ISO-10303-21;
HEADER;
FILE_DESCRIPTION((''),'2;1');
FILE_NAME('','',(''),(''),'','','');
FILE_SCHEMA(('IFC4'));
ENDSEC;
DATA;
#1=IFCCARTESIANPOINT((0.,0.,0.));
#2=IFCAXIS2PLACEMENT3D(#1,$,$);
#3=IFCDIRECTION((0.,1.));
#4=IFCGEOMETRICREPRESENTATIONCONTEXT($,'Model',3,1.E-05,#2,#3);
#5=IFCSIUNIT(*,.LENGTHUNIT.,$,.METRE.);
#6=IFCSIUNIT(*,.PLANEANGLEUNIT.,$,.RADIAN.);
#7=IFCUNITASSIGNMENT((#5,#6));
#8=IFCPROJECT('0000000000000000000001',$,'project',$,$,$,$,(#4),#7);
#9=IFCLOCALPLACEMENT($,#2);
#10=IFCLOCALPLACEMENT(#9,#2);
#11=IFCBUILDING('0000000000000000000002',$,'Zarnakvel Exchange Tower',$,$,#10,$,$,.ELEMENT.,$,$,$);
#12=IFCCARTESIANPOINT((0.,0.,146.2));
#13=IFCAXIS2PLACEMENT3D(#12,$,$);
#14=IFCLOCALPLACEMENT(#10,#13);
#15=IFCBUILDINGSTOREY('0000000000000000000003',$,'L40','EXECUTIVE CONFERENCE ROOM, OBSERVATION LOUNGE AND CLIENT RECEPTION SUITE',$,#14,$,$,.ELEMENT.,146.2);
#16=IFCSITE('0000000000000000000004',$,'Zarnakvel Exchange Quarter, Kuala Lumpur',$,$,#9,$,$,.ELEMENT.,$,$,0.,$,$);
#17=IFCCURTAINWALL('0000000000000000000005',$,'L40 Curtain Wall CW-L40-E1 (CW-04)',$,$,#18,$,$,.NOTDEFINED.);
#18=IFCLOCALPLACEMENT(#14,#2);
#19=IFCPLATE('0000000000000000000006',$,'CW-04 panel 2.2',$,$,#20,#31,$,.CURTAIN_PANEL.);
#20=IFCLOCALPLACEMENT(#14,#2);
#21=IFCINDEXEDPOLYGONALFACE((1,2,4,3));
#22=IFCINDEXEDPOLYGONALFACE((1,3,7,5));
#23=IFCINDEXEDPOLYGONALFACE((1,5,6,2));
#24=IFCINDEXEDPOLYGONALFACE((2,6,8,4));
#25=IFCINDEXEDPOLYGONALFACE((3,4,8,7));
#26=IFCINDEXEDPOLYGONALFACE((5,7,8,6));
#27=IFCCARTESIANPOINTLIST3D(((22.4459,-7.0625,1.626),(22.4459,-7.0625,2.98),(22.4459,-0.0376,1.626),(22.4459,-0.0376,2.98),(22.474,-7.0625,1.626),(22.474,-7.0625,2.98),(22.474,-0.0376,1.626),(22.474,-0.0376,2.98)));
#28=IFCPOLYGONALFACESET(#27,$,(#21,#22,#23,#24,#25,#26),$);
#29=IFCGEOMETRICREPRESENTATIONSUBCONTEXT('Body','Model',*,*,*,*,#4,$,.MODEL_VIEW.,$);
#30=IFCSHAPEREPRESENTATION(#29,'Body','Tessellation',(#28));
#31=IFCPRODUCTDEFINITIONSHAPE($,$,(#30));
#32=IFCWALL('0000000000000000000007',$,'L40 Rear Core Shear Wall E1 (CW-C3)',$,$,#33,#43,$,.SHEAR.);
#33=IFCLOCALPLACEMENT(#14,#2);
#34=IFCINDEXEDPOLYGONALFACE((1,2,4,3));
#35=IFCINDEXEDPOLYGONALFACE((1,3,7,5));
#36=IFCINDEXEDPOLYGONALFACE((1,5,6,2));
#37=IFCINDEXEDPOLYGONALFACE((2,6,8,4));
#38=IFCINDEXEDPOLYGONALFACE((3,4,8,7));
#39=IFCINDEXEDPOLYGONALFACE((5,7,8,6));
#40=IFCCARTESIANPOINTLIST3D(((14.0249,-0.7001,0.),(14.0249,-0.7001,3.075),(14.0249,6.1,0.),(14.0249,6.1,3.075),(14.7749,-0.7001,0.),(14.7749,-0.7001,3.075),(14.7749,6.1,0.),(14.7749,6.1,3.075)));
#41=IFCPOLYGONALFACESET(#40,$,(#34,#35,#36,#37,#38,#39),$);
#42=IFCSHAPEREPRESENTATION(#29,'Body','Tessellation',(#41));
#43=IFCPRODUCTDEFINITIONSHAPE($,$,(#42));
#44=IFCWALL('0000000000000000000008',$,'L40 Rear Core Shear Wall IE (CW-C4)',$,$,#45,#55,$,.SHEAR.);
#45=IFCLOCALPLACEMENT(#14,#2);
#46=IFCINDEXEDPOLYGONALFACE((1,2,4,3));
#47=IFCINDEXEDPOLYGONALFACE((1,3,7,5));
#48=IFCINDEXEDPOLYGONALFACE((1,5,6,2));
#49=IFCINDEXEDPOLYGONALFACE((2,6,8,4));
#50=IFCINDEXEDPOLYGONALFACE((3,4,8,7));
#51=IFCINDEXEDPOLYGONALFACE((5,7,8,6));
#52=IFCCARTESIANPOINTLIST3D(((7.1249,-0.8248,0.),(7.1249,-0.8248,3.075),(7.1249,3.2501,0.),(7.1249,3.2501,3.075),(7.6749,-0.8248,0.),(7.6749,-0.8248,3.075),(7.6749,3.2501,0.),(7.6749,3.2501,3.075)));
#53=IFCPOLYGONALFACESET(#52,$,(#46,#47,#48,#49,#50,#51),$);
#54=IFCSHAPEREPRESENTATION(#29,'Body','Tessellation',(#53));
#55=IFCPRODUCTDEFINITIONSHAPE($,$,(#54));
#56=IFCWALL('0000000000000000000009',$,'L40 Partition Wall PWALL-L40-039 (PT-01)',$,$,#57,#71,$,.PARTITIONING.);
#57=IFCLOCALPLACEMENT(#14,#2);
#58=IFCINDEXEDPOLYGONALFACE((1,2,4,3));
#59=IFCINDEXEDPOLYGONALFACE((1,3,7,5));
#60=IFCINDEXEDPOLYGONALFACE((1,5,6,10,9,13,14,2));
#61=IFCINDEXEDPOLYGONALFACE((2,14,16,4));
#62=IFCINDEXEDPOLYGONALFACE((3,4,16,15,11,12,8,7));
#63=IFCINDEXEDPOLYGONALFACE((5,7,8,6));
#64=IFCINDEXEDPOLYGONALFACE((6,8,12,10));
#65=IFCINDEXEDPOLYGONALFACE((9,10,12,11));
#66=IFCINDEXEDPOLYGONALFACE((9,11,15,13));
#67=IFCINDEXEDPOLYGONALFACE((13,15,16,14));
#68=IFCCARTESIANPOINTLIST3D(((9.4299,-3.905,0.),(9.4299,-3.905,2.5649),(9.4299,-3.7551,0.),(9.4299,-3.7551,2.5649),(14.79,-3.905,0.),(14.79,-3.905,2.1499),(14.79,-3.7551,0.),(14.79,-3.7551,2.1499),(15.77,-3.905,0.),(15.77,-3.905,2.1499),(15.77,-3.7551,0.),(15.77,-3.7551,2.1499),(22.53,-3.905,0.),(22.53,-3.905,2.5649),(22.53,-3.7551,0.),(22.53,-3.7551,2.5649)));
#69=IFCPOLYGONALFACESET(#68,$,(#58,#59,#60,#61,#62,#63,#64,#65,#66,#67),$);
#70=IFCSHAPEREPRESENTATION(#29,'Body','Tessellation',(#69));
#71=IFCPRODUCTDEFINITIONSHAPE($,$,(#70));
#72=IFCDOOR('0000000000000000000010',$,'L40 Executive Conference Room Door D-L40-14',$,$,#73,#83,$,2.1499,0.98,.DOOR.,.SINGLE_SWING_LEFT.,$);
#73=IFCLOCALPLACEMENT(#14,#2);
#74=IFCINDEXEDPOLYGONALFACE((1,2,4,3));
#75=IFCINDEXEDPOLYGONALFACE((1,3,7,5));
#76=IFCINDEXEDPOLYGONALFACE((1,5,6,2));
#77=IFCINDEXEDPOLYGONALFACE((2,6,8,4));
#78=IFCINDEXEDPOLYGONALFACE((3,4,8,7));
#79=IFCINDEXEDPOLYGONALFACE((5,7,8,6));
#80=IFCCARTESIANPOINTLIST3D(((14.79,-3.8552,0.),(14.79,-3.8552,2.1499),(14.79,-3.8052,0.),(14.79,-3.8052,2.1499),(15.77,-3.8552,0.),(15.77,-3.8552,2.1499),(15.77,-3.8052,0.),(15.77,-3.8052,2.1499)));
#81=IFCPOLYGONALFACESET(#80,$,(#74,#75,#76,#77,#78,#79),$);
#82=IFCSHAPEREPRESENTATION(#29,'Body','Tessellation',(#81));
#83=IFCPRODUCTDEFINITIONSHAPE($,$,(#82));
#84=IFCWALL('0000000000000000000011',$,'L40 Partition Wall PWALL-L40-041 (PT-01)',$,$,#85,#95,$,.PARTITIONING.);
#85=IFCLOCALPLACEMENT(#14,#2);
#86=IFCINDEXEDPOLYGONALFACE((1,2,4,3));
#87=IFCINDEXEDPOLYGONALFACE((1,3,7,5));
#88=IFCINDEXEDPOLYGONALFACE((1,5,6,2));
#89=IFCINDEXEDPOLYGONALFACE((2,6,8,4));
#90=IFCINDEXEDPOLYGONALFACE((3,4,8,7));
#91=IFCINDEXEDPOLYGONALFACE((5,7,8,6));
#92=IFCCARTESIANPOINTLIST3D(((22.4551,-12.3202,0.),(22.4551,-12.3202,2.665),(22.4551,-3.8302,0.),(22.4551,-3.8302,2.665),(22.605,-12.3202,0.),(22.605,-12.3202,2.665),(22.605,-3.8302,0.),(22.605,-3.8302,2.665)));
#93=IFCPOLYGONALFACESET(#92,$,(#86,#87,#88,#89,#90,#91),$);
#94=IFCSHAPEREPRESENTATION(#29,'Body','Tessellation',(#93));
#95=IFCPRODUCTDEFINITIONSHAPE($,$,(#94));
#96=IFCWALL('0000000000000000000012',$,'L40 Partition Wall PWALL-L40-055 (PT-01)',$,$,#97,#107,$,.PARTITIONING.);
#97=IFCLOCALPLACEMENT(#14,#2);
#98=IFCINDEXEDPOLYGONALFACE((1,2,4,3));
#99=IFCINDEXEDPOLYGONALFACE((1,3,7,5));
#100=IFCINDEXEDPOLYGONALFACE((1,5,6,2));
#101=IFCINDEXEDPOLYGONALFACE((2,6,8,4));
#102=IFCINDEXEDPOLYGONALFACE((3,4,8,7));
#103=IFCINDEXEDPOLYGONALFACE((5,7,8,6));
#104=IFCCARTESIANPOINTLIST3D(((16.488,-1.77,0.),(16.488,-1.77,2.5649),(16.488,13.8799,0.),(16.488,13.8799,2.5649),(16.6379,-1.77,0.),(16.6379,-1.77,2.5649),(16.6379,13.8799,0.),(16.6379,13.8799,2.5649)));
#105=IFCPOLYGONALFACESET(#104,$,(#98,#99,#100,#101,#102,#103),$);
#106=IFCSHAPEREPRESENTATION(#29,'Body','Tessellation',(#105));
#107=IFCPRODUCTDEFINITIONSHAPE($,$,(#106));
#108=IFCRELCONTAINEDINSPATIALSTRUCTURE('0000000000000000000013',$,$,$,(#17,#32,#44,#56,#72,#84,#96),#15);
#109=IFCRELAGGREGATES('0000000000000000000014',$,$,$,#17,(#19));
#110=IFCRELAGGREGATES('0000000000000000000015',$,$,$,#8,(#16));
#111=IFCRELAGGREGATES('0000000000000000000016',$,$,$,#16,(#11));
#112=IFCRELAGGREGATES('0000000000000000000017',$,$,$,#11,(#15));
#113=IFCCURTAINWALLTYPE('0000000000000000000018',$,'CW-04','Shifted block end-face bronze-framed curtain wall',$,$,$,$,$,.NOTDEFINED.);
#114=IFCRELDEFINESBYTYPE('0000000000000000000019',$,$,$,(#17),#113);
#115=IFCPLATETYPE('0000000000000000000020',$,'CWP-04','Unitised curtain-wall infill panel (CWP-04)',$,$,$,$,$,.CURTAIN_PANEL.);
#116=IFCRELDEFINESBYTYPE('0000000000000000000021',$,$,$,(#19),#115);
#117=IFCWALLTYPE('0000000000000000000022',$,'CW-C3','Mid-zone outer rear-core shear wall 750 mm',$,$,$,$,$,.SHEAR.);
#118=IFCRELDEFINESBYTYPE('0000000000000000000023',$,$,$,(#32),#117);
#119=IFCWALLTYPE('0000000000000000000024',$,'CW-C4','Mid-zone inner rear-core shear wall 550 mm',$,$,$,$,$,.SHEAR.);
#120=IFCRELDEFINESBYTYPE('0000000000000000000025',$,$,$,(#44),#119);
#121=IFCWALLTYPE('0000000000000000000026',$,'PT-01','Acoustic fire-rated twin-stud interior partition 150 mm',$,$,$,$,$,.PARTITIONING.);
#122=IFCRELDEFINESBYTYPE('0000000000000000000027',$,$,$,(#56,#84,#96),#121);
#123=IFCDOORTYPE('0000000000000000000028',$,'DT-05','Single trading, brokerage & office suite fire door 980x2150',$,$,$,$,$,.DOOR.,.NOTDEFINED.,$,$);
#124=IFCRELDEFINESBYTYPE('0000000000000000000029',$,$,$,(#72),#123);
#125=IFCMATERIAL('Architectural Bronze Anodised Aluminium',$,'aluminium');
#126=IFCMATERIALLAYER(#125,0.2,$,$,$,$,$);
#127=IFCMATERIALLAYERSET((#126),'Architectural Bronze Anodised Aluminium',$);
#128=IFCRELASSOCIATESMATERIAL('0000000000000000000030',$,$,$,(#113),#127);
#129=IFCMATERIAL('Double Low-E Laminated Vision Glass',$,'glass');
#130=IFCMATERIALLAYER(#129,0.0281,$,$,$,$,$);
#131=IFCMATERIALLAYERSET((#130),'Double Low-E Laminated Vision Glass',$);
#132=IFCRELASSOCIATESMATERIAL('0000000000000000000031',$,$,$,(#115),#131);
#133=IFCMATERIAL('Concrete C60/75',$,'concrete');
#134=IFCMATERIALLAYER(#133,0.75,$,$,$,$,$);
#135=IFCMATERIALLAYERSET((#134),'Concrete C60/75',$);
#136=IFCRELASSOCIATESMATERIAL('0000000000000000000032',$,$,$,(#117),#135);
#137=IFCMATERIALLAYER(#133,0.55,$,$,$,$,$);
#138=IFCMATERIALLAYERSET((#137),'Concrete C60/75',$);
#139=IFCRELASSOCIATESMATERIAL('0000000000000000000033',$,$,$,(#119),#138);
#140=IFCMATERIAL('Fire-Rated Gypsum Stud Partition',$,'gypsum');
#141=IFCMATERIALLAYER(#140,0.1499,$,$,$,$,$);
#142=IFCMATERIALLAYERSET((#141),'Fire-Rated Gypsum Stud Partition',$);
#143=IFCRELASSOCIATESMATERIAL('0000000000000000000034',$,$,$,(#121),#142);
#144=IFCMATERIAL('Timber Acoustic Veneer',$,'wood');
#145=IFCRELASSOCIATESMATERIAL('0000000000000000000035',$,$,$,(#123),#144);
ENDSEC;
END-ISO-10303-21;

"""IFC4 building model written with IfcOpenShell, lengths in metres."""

from ifc_helpers import new_model, si_unit, direction, frame, frame_2d, origin, origin_2d, place, context, subcontext, project, spatial, rectangle, extrude, source, transform, mapped, material, layer, layer_set, type_object, element, fill, aggregate, save


model = new_model("IFC4")

# Units and contexts
model_context = context("Model", 3, precision=1e-05, world=origin(), true_north=direction((0.0, 1.0)))
body_context = subcontext(model_context, "Body", "Model", "MODEL_VIEW")
ifc_project = project(units=[si_unit("LENGTHUNIT", "METRE"), si_unit("PLANEANGLEUNIT", "RADIAN")], contexts=[model_context])

# Site, building, storey
site_placement = place(None, origin())
site = spatial("IfcSite", under=ifc_project, at=site_placement, Name="Zarnakvel Exchange Quarter, Kuala Lumpur", CompositionType="ELEMENT", RefElevation=0.0)
building_placement = place(site_placement, origin())
building = spatial("IfcBuilding", under=site, at=building_placement, Name="Zarnakvel Exchange Tower", CompositionType="ELEMENT")
storey_placement = place(building_placement, frame((0.0, 0.0, 146.2)))
storey = spatial("IfcBuildingStorey", under=building, at=storey_placement, Name="L40", Description="EXECUTIVE CONFERENCE ROOM, OBSERVATION LOUNGE AND CLIENT RECEPTION SUITE", CompositionType="ELEMENT", Elevation=146.2)

# Shared definitions
ifc_material_1 = material(Name="Concrete C60/75", Category="concrete")

# Curtain wall, plate
ifc_material_2 = material(Name="Architectural Bronze Anodised Aluminium", Category="aluminium")
ifc_layer_1 = layer(ifc_material_2, 0.2)
ifc_layer_set_1 = layer_set([ifc_layer_1], Name="Architectural Bronze Anodised Aluminium")
curtain_wall_type = type_object("IfcCurtainWallType", Name="CW-04", Description="Shifted block end-face bronze-framed curtain wall", PredefinedType="NOTDEFINED", material=ifc_layer_set_1)
curtain_wall_placement = place(storey_placement, origin())
curtain_wall = element("IfcCurtainWall", 1, at=curtain_wall_placement, inside=storey, type_object=curtain_wall_type, Name="L40 Curtain Wall CW-L40-E1 (CW-04)", PredefinedType="NOTDEFINED")
ifc_material_3 = material(Name="Double Low-E Laminated Vision Glass", Category="glass")
ifc_layer_2 = layer(ifc_material_3, 0.0281)
ifc_layer_set_2 = layer_set([ifc_layer_2], Name="Double Low-E Laminated Vision Glass")
plate_type = type_object("IfcPlateType", Name="CWP-04", Description="Unitised curtain-wall infill panel (CWP-04)", PredefinedType="CURTAIN_PANEL", material=ifc_layer_set_2)
shared_shape_1 = source(origin(), body_context, "Body", "SweptSolid", [
    extrude(rectangle(XDim=7.0249, YDim=0.0281, at=origin_2d()), origin(), (0.0, 0.0, 1.0), 1.354),
])
plate_1_placement = place(storey_placement, frame((22.46, -3.55, 1.626), z_axis=(0.0, 0.0, 1.0), x_axis=(0.0, 1.0, 0.0)))
plate_1 = element("IfcPlate", 2, at=plate_1_placement, type_object=plate_type, Name="CW-04 panel 2.2", PredefinedType="CURTAIN_PANEL", context=body_context, shape_type="MappedRepresentation", body=[
    mapped(shared_shape_1, transform((0.0, 0.0, 0.0), x_axis=(1.0, 0.0, 0.0), y_axis=(0.0, 1.0, 0.0), z_axis=(0.0, 0.0, 1.0), scale=1.0)),
])
aggregate(curtain_wall, [plate_1])

# Wall
ifc_layer_3 = layer(ifc_material_1, 0.75)
ifc_layer_set_3 = layer_set([ifc_layer_3], Name="Concrete C60/75")
wall_type_1 = type_object("IfcWallType", Name="CW-C3", Description="Mid-zone outer rear-core shear wall 750 mm", PredefinedType="SHEAR", material=ifc_layer_set_3)
wall_1_placement = place(storey_placement, frame((14.3999, -0.7, 0.0), z_axis=(0.0, 0.0, 1.0), x_axis=(0.0, 1.0, 0.0)))
element("IfcWall", 3, at=wall_1_placement, inside=storey, type_object=wall_type_1, Name="L40 Rear Core Shear Wall E1 (CW-C3)", PredefinedType="SHEAR", context=body_context, shape_type="SweptSolid", body=[
    extrude(rectangle(XDim=6.8, YDim=0.75, at=frame_2d((3.3999, 0.0))), origin(), (0.0, 0.0, 1.0), 3.075),
])

# Wall
ifc_layer_4 = layer(ifc_material_1, 0.55)
ifc_layer_set_4 = layer_set([ifc_layer_4], Name="Concrete C60/75")
wall_type_2 = type_object("IfcWallType", Name="CW-C4", Description="Mid-zone inner rear-core shear wall 550 mm", PredefinedType="SHEAR", material=ifc_layer_set_4)
wall_2_placement = place(storey_placement, frame((7.3999, -0.825, 0.0), z_axis=(0.0, 0.0, 1.0), x_axis=(0.0, 1.0, 0.0)))
element("IfcWall", 4, at=wall_2_placement, inside=storey, type_object=wall_type_2, Name="L40 Rear Core Shear Wall IE (CW-C4)", PredefinedType="SHEAR", context=body_context, shape_type="SweptSolid", body=[
    extrude(rectangle(XDim=4.075, YDim=0.55, at=frame_2d((2.0376, 0.0))), origin(), (0.0, 0.0, 1.0), 3.075),
])

# Wall, opening, door
ifc_material_4 = material(Name="Fire-Rated Gypsum Stud Partition", Category="gypsum")
ifc_layer_5 = layer(ifc_material_4, 0.1499)
ifc_layer_set_5 = layer_set([ifc_layer_5], Name="Fire-Rated Gypsum Stud Partition")
wall_type_3 = type_object("IfcWallType", Name="PT-01", Description="Acoustic fire-rated twin-stud interior partition 150 mm", PredefinedType="PARTITIONING", material=ifc_layer_set_5)
wall_3_placement = place(storey_placement, frame((9.4299, -3.8301, 0.0), z_axis=(0.0, 0.0, 1.0), x_axis=(1.0, 0.0, 0.0)))
wall_3 = element("IfcWall", 5, at=wall_3_placement, inside=storey, type_object=wall_type_3, Name="L40 Partition Wall PWALL-L40-039 (PT-01)", PredefinedType="PARTITIONING", context=body_context, shape_type="SweptSolid", body=[
    extrude(rectangle(XDim=13.1001, YDim=0.1499, at=frame_2d((6.55, 0.0))), origin(), (0.0, 0.0, 1.0), 2.5649),
])
opening_1_placement = place(wall_3_placement, frame((5.3601, 0.0, 0.0)))
opening_1 = element("IfcOpeningElement", 6, at=opening_1_placement, cuts=wall_3, PredefinedType="OPENING", context=body_context, shape_type="SweptSolid", body=[
    extrude(rectangle(XDim=0.98, YDim=2.1499, at=frame_2d((0.49, 1.075))), frame((0.0, 0.085, 0.0), z_axis=(0.0, -1.0, 0.0), x_axis=(1.0, 0.0, 0.0)), (0.0, 0.0, 1.0), 0.1699),
])
ifc_material_5 = material(Name="Timber Acoustic Veneer", Category="wood")
door_type_1 = type_object("IfcDoorType", Name="DT-05", Description="Single trading, brokerage & office suite fire door 980x2150", OperationType="NOTDEFINED", PredefinedType="DOOR", material=ifc_material_5)
shared_shape_2 = source(origin(), body_context, "Body", "SweptSolid", [
    extrude(rectangle(XDim=0.98, YDim=2.1499, at=frame_2d((0.49, 1.075))), frame((0.0, 0.0249, 0.0), z_axis=(0.0, -1.0, 0.0), x_axis=(1.0, 0.0, 0.0)), (0.0, 0.0, 1.0), 0.05),
])
door_1_placement = place(opening_1_placement, origin())
door_1 = element("IfcDoor", 7, at=door_1_placement, inside=storey, type_object=door_type_1, Name="L40 Executive Conference Room Door D-L40-14", OperationType="SINGLE_SWING_LEFT", OverallHeight=2.1499, OverallWidth=0.98, PredefinedType="DOOR", context=body_context, shape_type="MappedRepresentation", body=[
    mapped(shared_shape_2, transform((0.0, 0.0, 0.0), x_axis=(1.0, 0.0, 0.0), y_axis=(0.0, 1.0, 0.0), z_axis=(0.0, 0.0, 1.0), scale=1.0)),
])
fill(opening_1, door_1)

# Wall
wall_4_placement = place(storey_placement, frame((22.53, -3.8301, 0.0), z_axis=(0.0, 0.0, 1.0), x_axis=(0.0, -1.0, 0.0)))
element("IfcWall", 8, at=wall_4_placement, inside=storey, type_object=wall_type_3, Name="L40 Partition Wall PWALL-L40-041 (PT-01)", PredefinedType="PARTITIONING", context=body_context, shape_type="SweptSolid", body=[
    extrude(rectangle(XDim=8.49, YDim=0.1499, at=frame_2d((4.2451, 0.0))), origin(), (0.0, 0.0, 1.0), 2.665),
])

# Wall
wall_5_placement = place(storey_placement, frame((16.563, -1.77, 0.0), z_axis=(0.0, 0.0, 1.0), x_axis=(0.0, 1.0, 0.0)))
element("IfcWall", 9, at=wall_5_placement, inside=storey, type_object=wall_type_3, Name="L40 Partition Wall PWALL-L40-055 (PT-01)", PredefinedType="PARTITIONING", context=body_context, shape_type="SweptSolid", body=[
    extrude(rectangle(XDim=15.6499, YDim=0.1499, at=frame_2d((7.825, 0.0))), origin(), (0.0, 0.0, 1.0), 2.5649),
])

save(model, "model.ifc")
